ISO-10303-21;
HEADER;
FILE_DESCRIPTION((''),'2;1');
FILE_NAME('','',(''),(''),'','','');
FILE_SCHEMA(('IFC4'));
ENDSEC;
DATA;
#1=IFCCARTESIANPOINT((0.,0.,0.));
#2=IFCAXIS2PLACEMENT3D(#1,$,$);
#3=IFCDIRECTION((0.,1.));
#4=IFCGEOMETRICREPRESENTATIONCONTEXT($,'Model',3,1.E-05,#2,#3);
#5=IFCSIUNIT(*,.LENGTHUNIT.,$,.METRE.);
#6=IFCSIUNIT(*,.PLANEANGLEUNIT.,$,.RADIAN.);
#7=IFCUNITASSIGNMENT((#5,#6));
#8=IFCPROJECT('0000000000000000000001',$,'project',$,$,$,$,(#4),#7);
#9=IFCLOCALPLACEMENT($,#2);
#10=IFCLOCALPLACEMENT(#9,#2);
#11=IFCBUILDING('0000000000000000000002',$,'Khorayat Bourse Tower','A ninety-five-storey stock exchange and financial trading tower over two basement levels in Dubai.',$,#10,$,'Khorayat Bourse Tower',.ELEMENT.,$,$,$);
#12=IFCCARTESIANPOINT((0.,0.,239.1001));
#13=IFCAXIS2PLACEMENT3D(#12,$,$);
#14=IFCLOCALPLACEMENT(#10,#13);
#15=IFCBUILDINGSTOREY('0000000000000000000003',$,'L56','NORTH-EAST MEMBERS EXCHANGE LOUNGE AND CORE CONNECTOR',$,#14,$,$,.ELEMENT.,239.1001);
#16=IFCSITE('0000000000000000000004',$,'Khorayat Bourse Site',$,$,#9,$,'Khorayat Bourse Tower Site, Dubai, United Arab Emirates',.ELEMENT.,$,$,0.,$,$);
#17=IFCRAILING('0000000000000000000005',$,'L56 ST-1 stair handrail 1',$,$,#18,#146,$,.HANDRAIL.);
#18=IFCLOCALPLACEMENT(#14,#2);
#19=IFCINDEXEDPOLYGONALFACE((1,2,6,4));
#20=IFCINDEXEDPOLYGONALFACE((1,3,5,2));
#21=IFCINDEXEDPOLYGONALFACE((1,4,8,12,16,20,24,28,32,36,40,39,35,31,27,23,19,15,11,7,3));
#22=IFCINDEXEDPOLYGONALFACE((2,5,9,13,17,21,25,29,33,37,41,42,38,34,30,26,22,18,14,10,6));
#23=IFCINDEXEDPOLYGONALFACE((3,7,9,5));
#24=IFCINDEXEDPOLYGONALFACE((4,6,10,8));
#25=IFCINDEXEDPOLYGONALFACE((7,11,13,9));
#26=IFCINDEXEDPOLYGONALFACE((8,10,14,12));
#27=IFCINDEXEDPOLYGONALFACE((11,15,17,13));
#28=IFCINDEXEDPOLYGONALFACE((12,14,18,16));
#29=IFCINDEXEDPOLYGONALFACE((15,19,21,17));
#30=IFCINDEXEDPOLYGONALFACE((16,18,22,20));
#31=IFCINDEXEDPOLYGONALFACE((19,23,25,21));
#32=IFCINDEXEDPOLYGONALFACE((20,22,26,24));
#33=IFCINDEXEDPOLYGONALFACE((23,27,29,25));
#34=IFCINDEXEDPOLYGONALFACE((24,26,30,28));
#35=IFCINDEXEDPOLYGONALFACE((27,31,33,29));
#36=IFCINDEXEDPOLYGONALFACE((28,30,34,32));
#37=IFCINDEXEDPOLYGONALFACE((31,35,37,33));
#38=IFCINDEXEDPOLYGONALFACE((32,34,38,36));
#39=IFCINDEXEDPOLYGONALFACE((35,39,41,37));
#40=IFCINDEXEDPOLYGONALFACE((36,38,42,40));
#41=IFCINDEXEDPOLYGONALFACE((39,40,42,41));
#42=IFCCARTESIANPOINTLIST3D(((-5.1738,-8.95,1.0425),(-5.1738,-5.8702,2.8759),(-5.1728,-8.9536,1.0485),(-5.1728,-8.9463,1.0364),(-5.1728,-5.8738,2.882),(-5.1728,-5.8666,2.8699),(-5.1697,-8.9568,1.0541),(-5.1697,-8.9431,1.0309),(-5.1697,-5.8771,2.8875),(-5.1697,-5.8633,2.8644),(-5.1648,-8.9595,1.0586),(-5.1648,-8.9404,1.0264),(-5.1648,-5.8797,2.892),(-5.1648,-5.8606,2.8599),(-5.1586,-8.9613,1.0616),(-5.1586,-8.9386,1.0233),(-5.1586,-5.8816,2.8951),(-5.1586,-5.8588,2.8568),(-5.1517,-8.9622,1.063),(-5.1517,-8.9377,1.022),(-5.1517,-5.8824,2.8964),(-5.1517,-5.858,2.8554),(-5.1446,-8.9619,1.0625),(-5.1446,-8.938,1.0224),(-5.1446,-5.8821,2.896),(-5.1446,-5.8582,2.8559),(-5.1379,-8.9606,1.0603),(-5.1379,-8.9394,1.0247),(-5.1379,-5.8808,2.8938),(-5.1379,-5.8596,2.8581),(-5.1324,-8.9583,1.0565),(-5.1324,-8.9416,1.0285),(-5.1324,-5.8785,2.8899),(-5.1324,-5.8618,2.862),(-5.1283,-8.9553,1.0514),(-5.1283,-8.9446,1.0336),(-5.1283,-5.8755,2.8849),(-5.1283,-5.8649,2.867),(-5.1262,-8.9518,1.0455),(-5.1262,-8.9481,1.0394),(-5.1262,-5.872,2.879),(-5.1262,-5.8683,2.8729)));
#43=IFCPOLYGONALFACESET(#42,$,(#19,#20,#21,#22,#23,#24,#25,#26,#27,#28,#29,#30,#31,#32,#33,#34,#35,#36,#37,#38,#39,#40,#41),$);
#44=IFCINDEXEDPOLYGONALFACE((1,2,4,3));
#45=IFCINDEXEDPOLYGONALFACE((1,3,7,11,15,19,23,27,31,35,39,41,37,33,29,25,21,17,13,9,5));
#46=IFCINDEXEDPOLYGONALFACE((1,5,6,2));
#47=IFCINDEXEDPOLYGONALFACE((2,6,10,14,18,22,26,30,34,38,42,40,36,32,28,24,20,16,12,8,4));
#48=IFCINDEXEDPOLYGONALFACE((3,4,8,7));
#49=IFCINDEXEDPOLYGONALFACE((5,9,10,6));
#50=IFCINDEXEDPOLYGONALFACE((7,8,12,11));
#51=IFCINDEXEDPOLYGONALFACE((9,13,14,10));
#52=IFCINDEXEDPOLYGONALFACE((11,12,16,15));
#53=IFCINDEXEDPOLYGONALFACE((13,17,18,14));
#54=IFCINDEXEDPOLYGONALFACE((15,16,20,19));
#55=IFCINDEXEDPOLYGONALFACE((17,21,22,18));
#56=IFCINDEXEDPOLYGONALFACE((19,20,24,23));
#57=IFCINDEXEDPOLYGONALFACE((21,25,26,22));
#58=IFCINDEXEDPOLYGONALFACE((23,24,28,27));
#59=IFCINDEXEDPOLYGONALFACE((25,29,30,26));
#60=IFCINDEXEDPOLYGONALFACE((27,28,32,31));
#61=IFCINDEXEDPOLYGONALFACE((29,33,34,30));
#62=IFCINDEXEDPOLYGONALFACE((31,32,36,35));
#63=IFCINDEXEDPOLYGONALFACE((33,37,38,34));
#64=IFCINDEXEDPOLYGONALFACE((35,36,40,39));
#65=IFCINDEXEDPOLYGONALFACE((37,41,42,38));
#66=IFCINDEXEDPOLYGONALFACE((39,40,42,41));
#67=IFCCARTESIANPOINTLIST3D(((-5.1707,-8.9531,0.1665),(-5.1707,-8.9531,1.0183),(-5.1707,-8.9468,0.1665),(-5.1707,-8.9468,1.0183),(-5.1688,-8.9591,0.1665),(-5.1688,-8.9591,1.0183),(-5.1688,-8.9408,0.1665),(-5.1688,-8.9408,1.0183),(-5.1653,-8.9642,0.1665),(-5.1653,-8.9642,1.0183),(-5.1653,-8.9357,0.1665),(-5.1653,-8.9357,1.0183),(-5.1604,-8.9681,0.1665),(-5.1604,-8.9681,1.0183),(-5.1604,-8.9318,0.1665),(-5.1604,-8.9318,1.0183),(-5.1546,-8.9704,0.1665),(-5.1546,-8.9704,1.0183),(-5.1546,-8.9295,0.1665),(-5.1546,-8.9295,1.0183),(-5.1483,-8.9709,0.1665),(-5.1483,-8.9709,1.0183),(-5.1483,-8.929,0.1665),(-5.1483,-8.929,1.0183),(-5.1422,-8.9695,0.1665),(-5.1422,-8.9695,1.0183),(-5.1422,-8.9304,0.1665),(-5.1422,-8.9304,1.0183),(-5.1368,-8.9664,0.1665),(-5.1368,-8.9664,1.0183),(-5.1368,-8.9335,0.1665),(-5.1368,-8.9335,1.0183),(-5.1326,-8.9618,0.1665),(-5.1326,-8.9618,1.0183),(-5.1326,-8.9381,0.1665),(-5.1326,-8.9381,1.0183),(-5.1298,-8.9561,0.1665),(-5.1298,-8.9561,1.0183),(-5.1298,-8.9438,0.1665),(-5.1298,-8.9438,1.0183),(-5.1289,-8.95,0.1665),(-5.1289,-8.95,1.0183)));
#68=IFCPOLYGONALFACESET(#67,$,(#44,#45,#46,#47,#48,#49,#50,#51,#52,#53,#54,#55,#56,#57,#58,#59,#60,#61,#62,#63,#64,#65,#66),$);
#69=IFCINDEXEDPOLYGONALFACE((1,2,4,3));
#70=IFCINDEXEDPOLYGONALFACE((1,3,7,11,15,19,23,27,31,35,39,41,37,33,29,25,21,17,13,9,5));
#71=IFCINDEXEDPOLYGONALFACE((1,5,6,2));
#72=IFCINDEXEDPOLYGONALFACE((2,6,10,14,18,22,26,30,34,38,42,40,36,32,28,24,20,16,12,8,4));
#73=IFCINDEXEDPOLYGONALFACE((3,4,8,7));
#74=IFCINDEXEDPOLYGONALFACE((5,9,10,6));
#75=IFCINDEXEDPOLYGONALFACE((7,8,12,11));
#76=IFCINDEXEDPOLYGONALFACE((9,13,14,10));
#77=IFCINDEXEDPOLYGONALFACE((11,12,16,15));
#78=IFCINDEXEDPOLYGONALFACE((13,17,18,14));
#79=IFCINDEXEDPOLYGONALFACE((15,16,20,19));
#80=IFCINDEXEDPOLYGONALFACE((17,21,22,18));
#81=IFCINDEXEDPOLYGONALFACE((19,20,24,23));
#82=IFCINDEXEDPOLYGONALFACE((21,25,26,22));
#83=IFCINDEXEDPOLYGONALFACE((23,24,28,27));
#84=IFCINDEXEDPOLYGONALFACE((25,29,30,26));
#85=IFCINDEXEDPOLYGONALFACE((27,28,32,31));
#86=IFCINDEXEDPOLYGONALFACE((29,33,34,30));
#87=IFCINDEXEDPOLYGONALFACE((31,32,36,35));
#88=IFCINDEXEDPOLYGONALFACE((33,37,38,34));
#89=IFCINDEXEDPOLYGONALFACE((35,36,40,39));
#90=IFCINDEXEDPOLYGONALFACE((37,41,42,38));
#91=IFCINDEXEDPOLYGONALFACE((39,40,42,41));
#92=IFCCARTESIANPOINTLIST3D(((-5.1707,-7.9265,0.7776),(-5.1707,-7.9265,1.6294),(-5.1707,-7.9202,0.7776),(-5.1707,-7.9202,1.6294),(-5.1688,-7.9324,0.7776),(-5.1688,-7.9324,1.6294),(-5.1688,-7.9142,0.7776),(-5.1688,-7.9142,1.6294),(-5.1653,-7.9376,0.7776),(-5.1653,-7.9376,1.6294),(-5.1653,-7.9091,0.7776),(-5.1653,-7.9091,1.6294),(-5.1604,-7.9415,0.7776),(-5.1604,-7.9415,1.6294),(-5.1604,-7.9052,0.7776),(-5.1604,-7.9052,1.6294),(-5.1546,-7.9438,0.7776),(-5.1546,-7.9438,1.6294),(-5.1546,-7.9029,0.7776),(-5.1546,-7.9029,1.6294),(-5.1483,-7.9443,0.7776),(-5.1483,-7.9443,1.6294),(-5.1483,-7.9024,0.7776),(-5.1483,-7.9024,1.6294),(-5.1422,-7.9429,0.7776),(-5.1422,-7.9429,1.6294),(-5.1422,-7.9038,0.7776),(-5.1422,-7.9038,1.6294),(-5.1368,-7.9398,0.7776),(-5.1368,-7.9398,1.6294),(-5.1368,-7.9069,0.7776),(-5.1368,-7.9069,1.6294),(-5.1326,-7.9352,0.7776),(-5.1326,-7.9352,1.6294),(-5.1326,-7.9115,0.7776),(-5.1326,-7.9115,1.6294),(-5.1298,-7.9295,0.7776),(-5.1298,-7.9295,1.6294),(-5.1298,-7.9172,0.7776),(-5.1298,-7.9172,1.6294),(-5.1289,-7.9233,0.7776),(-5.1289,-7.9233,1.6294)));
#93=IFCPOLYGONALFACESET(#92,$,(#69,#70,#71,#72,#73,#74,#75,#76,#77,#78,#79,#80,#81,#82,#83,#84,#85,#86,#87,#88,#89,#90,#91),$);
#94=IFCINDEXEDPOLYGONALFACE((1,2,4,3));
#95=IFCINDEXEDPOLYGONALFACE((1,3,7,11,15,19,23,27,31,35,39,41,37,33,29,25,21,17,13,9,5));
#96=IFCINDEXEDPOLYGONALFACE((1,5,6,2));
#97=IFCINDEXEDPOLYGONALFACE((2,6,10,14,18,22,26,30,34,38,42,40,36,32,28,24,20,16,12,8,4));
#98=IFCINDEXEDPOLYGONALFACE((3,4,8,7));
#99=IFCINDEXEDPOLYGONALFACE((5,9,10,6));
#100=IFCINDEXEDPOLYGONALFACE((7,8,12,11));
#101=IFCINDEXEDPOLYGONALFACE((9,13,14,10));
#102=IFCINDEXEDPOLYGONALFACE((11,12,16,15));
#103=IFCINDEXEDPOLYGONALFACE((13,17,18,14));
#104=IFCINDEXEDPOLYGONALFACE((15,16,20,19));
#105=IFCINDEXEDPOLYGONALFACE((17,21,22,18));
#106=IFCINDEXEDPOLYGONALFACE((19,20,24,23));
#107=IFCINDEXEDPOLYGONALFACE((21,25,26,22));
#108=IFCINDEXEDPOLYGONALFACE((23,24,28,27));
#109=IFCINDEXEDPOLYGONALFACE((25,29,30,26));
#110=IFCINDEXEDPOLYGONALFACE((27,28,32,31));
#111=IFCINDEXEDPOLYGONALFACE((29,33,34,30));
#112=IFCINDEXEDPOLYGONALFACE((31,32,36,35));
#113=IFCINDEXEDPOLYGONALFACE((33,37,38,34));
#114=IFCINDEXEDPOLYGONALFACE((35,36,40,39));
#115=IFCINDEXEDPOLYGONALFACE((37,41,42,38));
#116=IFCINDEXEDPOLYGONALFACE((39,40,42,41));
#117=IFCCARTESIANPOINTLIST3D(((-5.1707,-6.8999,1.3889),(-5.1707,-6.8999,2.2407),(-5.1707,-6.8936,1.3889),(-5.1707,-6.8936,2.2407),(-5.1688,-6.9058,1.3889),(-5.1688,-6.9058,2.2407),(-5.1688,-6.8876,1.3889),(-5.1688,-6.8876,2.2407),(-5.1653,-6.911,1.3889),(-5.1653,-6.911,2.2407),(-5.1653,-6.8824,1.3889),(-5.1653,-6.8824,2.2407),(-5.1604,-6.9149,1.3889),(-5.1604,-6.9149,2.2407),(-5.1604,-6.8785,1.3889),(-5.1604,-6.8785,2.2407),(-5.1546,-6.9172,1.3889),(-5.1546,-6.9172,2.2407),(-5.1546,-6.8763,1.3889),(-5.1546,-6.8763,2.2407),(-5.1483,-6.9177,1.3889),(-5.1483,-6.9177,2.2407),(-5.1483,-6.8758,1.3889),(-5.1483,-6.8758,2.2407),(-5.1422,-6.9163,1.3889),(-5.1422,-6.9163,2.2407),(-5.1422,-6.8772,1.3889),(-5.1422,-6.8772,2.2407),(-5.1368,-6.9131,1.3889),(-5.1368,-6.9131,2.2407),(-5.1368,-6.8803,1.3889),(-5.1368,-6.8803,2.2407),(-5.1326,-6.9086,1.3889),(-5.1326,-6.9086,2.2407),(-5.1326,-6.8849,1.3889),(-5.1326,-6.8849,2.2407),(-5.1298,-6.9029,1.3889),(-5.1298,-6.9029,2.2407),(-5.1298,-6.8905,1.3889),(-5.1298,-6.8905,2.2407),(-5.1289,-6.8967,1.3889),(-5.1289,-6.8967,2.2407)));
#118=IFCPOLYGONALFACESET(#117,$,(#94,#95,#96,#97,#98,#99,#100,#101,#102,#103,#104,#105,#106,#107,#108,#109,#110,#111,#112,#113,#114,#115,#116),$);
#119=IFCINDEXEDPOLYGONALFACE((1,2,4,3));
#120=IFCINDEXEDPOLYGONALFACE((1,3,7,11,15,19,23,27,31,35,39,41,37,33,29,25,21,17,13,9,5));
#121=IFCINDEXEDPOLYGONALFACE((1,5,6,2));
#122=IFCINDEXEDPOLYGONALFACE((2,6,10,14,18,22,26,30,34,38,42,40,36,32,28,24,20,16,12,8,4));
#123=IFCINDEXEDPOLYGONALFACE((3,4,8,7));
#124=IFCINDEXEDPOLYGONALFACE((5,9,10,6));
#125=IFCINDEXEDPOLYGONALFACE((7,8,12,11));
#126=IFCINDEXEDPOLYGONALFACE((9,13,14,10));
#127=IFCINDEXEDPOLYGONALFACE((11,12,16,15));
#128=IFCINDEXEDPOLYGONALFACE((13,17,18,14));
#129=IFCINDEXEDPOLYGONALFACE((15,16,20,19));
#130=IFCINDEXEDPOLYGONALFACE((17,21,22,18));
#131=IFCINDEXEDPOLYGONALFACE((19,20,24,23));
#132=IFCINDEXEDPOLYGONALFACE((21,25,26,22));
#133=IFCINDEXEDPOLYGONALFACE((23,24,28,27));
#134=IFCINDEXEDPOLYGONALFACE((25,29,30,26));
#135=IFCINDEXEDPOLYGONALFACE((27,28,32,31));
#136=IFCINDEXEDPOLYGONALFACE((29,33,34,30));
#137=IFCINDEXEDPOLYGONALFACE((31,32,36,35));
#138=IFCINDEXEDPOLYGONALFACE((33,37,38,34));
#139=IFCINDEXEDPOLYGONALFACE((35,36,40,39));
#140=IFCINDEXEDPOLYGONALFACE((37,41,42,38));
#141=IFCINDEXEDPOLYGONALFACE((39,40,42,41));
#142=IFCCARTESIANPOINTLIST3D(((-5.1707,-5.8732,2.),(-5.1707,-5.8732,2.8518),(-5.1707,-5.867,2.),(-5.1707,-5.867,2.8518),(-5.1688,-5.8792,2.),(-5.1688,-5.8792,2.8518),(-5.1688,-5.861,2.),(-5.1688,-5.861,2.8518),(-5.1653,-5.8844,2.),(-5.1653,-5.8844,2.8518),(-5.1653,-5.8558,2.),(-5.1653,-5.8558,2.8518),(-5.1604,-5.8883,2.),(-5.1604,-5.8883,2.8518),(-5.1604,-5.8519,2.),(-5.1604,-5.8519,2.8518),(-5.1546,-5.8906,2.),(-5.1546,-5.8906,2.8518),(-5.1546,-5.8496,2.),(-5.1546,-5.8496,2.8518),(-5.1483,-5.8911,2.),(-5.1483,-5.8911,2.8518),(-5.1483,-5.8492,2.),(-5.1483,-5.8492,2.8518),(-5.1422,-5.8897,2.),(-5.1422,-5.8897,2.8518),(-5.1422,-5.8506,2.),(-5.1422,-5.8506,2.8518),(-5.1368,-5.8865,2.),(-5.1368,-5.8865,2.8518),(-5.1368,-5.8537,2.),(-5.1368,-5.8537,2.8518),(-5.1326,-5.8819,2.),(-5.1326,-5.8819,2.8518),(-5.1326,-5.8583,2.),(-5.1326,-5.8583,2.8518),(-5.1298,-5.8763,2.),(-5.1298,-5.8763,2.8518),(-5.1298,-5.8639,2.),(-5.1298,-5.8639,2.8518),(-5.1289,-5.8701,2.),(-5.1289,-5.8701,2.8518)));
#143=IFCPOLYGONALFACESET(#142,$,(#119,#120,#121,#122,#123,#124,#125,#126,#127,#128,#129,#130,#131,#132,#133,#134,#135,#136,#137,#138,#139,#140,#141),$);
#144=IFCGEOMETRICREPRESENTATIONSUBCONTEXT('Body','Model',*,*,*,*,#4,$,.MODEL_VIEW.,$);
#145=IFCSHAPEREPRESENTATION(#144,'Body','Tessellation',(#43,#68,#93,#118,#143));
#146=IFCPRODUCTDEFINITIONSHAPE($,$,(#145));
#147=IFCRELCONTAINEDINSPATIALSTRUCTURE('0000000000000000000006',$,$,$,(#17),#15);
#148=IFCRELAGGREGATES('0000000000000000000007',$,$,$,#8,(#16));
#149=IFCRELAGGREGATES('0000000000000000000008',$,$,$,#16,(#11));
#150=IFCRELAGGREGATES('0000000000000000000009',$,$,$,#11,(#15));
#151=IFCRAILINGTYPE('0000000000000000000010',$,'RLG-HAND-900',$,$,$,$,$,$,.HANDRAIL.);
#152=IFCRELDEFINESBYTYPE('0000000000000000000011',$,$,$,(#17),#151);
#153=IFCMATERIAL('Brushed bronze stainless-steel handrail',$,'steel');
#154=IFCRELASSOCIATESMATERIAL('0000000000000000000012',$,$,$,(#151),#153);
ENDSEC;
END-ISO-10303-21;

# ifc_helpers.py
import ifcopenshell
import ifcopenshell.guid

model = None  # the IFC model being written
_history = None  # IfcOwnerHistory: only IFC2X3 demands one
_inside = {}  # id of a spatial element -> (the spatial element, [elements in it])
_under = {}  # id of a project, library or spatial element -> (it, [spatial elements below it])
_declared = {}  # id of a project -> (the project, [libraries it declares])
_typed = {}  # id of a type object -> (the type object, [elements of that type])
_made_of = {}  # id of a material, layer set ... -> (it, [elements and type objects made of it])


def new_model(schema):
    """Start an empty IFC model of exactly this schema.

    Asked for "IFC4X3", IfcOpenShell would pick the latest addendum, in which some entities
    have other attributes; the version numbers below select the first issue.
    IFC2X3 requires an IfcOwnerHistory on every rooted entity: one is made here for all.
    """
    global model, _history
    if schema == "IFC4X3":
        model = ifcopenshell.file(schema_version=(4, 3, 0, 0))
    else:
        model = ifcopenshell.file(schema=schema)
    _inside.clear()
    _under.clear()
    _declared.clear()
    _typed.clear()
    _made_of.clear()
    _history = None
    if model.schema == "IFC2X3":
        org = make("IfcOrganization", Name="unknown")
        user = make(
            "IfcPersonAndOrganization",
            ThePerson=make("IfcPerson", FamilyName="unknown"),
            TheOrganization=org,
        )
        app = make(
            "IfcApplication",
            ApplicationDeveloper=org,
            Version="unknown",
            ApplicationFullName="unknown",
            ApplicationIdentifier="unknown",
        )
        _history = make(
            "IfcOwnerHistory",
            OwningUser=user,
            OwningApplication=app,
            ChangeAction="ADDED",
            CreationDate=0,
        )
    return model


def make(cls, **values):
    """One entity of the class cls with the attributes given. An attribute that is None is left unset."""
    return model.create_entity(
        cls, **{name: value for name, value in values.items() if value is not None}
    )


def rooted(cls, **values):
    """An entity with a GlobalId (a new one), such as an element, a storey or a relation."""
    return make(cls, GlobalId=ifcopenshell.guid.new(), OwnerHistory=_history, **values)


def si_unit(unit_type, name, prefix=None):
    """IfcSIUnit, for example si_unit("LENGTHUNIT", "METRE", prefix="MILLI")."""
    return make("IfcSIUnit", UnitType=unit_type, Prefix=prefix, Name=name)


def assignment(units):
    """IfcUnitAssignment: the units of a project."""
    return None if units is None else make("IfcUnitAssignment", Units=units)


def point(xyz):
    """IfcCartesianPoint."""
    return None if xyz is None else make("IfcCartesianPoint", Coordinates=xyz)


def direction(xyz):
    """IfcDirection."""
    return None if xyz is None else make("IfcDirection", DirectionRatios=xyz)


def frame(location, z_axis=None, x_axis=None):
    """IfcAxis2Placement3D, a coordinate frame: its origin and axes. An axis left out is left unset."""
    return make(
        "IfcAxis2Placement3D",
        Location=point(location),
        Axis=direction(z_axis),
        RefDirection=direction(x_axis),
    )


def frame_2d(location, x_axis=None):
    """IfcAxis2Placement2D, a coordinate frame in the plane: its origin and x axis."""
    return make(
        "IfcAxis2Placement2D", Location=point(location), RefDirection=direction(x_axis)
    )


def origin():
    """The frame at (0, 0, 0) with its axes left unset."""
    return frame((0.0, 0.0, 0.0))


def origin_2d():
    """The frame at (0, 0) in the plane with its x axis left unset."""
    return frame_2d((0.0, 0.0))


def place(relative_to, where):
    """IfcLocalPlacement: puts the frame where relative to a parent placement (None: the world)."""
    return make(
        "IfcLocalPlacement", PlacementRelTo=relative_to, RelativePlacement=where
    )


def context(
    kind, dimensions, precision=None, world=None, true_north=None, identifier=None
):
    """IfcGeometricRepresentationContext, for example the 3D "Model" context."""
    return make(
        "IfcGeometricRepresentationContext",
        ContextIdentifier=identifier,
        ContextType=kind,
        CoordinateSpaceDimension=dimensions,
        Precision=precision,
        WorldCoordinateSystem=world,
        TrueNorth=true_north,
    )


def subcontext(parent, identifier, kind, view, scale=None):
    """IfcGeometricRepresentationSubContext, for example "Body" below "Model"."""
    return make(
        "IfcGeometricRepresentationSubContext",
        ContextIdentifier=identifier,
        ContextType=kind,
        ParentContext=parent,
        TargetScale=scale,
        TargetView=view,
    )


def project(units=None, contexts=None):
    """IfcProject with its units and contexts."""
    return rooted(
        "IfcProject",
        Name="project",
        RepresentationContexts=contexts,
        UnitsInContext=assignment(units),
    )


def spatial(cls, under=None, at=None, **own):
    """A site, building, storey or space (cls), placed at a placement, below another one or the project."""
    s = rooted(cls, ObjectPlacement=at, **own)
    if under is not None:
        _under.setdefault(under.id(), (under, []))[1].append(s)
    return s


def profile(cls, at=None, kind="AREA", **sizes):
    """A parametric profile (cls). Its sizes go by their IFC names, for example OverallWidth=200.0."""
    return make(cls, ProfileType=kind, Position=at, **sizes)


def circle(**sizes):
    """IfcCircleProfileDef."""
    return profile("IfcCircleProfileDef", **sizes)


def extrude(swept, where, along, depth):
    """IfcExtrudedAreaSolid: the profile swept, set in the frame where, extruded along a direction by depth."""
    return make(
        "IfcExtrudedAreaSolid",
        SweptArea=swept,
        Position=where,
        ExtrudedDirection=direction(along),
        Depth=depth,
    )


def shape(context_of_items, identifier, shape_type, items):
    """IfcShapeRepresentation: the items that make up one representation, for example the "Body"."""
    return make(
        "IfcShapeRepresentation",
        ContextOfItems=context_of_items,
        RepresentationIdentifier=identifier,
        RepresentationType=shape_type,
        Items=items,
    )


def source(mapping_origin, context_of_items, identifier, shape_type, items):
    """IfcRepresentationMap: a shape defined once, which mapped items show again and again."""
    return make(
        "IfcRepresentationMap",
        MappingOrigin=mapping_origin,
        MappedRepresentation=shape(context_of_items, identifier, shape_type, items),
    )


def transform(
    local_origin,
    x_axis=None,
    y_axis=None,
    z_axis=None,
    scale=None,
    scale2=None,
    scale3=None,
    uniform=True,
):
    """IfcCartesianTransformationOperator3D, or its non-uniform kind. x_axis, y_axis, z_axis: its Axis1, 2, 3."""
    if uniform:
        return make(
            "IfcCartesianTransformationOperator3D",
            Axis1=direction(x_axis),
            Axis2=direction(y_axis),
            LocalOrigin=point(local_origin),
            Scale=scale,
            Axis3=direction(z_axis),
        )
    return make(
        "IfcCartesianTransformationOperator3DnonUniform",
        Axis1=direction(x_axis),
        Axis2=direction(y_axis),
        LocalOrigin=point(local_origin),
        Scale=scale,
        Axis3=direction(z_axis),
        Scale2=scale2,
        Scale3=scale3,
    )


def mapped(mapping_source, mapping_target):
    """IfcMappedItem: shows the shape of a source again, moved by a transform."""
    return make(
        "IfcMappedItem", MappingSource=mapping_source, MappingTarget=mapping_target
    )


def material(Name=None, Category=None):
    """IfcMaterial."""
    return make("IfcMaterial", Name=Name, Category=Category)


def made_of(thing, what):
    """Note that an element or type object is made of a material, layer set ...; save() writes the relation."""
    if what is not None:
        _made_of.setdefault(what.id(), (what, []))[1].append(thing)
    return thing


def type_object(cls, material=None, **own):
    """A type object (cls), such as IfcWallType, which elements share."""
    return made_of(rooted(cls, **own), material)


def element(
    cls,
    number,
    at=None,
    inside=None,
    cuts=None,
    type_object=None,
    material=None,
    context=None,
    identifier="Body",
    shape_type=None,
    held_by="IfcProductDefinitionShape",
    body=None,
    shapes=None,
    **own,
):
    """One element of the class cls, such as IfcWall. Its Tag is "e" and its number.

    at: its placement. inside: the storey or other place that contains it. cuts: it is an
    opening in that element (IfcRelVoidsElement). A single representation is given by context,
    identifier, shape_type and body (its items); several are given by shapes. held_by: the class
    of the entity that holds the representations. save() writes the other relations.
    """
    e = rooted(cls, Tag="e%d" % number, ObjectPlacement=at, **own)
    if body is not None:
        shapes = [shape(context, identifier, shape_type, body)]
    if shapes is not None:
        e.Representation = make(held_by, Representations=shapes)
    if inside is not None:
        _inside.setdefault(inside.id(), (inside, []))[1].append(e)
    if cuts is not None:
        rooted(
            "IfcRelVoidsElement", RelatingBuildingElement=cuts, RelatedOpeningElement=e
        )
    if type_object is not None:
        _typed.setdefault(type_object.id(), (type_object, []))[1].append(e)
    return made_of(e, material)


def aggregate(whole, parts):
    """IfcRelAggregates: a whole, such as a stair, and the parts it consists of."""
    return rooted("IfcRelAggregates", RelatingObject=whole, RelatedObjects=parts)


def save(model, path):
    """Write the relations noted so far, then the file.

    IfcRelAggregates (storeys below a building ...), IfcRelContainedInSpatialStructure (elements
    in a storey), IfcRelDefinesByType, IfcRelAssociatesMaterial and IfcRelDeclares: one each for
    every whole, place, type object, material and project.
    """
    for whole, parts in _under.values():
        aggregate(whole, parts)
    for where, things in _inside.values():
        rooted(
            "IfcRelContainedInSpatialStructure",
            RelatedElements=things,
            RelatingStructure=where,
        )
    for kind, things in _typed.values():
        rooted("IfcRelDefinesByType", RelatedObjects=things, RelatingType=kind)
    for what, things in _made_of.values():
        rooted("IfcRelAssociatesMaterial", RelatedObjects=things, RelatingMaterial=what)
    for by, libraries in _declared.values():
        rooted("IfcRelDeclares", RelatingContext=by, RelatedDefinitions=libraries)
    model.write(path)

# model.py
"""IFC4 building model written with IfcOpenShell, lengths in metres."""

from ifc_helpers import new_model, si_unit, direction, frame, origin, origin_2d, place, context, subcontext, project, spatial, circle, extrude, source, transform, mapped, material, type_object, element, save


model = new_model("IFC4")

# Units and contexts
model_context = context("Model", 3, precision=1e-05, world=origin(), true_north=direction((0.0, 1.0)))
body_context = subcontext(model_context, "Body", "Model", "MODEL_VIEW")
ifc_project = project(units=[si_unit("LENGTHUNIT", "METRE"), si_unit("PLANEANGLEUNIT", "RADIAN")], contexts=[model_context])

# Site, building, storey
site_placement = place(None, origin())
site = spatial("IfcSite", under=ifc_project, at=site_placement, Name="Khorayat Bourse Site", LongName="Khorayat Bourse Tower Site, Dubai, United Arab Emirates", CompositionType="ELEMENT", RefElevation=0.0)
building_placement = place(site_placement, origin())
building = spatial("IfcBuilding", under=site, at=building_placement, Name="Khorayat Bourse Tower", Description="A ninety-five-storey stock exchange and financial trading tower over two basement levels in Dubai.", LongName="Khorayat Bourse Tower", CompositionType="ELEMENT")
storey_placement = place(building_placement, frame((0.0, 0.0, 239.1001)))
storey = spatial("IfcBuildingStorey", under=building, at=storey_placement, Name="L56", Description="NORTH-EAST MEMBERS EXCHANGE LOUNGE AND CORE CONNECTOR", CompositionType="ELEMENT", Elevation=239.1001)

# Railing
ifc_material_1 = material(Name="Brushed bronze stainless-steel handrail", Category="steel")
railing_type_1 = type_object("IfcRailingType", Name="RLG-HAND-900", PredefinedType="HANDRAIL", material=ifc_material_1)
shared_shape_1 = source(origin(), body_context, "Body", "SweptSolid", [
    extrude(circle(Radius=0.0239, at=origin_2d()), frame((0.0, 0.0, 0.876), z_axis=(0.0, 0.859261, 0.511538), x_axis=(-1.0, 0.0, 0.0)), (0.0, 0.0, 1.0), 3.5842),
    extrude(circle(Radius=0.021, at=origin_2d()), origin(), (0.0, 0.0, 1.0), 0.8518),
    extrude(circle(Radius=0.021, at=origin_2d()), frame((0.0, 1.0266, 0.6111)), (0.0, 0.0, 1.0), 0.8518),
    extrude(circle(Radius=0.021, at=origin_2d()), frame((0.0, 2.0532, 1.2224)), (0.0, 0.0, 1.0), 0.8518),
    extrude(circle(Radius=0.021, at=origin_2d()), frame((0.0, 3.0798, 1.8335)), (0.0, 0.0, 1.0), 0.8518),
])
railing_1_placement = place(storey_placement, frame((-5.1499, -8.95, 0.1665)))
element("IfcRailing", 1, at=railing_1_placement, inside=storey, type_object=railing_type_1, Name="L56 ST-1 stair handrail 1", PredefinedType="HANDRAIL", context=body_context, shape_type="MappedRepresentation", body=[
    mapped(shared_shape_1, transform((0.0, 0.0, 0.0), scale=1.0)),
])

save(model, "model.ifc")
